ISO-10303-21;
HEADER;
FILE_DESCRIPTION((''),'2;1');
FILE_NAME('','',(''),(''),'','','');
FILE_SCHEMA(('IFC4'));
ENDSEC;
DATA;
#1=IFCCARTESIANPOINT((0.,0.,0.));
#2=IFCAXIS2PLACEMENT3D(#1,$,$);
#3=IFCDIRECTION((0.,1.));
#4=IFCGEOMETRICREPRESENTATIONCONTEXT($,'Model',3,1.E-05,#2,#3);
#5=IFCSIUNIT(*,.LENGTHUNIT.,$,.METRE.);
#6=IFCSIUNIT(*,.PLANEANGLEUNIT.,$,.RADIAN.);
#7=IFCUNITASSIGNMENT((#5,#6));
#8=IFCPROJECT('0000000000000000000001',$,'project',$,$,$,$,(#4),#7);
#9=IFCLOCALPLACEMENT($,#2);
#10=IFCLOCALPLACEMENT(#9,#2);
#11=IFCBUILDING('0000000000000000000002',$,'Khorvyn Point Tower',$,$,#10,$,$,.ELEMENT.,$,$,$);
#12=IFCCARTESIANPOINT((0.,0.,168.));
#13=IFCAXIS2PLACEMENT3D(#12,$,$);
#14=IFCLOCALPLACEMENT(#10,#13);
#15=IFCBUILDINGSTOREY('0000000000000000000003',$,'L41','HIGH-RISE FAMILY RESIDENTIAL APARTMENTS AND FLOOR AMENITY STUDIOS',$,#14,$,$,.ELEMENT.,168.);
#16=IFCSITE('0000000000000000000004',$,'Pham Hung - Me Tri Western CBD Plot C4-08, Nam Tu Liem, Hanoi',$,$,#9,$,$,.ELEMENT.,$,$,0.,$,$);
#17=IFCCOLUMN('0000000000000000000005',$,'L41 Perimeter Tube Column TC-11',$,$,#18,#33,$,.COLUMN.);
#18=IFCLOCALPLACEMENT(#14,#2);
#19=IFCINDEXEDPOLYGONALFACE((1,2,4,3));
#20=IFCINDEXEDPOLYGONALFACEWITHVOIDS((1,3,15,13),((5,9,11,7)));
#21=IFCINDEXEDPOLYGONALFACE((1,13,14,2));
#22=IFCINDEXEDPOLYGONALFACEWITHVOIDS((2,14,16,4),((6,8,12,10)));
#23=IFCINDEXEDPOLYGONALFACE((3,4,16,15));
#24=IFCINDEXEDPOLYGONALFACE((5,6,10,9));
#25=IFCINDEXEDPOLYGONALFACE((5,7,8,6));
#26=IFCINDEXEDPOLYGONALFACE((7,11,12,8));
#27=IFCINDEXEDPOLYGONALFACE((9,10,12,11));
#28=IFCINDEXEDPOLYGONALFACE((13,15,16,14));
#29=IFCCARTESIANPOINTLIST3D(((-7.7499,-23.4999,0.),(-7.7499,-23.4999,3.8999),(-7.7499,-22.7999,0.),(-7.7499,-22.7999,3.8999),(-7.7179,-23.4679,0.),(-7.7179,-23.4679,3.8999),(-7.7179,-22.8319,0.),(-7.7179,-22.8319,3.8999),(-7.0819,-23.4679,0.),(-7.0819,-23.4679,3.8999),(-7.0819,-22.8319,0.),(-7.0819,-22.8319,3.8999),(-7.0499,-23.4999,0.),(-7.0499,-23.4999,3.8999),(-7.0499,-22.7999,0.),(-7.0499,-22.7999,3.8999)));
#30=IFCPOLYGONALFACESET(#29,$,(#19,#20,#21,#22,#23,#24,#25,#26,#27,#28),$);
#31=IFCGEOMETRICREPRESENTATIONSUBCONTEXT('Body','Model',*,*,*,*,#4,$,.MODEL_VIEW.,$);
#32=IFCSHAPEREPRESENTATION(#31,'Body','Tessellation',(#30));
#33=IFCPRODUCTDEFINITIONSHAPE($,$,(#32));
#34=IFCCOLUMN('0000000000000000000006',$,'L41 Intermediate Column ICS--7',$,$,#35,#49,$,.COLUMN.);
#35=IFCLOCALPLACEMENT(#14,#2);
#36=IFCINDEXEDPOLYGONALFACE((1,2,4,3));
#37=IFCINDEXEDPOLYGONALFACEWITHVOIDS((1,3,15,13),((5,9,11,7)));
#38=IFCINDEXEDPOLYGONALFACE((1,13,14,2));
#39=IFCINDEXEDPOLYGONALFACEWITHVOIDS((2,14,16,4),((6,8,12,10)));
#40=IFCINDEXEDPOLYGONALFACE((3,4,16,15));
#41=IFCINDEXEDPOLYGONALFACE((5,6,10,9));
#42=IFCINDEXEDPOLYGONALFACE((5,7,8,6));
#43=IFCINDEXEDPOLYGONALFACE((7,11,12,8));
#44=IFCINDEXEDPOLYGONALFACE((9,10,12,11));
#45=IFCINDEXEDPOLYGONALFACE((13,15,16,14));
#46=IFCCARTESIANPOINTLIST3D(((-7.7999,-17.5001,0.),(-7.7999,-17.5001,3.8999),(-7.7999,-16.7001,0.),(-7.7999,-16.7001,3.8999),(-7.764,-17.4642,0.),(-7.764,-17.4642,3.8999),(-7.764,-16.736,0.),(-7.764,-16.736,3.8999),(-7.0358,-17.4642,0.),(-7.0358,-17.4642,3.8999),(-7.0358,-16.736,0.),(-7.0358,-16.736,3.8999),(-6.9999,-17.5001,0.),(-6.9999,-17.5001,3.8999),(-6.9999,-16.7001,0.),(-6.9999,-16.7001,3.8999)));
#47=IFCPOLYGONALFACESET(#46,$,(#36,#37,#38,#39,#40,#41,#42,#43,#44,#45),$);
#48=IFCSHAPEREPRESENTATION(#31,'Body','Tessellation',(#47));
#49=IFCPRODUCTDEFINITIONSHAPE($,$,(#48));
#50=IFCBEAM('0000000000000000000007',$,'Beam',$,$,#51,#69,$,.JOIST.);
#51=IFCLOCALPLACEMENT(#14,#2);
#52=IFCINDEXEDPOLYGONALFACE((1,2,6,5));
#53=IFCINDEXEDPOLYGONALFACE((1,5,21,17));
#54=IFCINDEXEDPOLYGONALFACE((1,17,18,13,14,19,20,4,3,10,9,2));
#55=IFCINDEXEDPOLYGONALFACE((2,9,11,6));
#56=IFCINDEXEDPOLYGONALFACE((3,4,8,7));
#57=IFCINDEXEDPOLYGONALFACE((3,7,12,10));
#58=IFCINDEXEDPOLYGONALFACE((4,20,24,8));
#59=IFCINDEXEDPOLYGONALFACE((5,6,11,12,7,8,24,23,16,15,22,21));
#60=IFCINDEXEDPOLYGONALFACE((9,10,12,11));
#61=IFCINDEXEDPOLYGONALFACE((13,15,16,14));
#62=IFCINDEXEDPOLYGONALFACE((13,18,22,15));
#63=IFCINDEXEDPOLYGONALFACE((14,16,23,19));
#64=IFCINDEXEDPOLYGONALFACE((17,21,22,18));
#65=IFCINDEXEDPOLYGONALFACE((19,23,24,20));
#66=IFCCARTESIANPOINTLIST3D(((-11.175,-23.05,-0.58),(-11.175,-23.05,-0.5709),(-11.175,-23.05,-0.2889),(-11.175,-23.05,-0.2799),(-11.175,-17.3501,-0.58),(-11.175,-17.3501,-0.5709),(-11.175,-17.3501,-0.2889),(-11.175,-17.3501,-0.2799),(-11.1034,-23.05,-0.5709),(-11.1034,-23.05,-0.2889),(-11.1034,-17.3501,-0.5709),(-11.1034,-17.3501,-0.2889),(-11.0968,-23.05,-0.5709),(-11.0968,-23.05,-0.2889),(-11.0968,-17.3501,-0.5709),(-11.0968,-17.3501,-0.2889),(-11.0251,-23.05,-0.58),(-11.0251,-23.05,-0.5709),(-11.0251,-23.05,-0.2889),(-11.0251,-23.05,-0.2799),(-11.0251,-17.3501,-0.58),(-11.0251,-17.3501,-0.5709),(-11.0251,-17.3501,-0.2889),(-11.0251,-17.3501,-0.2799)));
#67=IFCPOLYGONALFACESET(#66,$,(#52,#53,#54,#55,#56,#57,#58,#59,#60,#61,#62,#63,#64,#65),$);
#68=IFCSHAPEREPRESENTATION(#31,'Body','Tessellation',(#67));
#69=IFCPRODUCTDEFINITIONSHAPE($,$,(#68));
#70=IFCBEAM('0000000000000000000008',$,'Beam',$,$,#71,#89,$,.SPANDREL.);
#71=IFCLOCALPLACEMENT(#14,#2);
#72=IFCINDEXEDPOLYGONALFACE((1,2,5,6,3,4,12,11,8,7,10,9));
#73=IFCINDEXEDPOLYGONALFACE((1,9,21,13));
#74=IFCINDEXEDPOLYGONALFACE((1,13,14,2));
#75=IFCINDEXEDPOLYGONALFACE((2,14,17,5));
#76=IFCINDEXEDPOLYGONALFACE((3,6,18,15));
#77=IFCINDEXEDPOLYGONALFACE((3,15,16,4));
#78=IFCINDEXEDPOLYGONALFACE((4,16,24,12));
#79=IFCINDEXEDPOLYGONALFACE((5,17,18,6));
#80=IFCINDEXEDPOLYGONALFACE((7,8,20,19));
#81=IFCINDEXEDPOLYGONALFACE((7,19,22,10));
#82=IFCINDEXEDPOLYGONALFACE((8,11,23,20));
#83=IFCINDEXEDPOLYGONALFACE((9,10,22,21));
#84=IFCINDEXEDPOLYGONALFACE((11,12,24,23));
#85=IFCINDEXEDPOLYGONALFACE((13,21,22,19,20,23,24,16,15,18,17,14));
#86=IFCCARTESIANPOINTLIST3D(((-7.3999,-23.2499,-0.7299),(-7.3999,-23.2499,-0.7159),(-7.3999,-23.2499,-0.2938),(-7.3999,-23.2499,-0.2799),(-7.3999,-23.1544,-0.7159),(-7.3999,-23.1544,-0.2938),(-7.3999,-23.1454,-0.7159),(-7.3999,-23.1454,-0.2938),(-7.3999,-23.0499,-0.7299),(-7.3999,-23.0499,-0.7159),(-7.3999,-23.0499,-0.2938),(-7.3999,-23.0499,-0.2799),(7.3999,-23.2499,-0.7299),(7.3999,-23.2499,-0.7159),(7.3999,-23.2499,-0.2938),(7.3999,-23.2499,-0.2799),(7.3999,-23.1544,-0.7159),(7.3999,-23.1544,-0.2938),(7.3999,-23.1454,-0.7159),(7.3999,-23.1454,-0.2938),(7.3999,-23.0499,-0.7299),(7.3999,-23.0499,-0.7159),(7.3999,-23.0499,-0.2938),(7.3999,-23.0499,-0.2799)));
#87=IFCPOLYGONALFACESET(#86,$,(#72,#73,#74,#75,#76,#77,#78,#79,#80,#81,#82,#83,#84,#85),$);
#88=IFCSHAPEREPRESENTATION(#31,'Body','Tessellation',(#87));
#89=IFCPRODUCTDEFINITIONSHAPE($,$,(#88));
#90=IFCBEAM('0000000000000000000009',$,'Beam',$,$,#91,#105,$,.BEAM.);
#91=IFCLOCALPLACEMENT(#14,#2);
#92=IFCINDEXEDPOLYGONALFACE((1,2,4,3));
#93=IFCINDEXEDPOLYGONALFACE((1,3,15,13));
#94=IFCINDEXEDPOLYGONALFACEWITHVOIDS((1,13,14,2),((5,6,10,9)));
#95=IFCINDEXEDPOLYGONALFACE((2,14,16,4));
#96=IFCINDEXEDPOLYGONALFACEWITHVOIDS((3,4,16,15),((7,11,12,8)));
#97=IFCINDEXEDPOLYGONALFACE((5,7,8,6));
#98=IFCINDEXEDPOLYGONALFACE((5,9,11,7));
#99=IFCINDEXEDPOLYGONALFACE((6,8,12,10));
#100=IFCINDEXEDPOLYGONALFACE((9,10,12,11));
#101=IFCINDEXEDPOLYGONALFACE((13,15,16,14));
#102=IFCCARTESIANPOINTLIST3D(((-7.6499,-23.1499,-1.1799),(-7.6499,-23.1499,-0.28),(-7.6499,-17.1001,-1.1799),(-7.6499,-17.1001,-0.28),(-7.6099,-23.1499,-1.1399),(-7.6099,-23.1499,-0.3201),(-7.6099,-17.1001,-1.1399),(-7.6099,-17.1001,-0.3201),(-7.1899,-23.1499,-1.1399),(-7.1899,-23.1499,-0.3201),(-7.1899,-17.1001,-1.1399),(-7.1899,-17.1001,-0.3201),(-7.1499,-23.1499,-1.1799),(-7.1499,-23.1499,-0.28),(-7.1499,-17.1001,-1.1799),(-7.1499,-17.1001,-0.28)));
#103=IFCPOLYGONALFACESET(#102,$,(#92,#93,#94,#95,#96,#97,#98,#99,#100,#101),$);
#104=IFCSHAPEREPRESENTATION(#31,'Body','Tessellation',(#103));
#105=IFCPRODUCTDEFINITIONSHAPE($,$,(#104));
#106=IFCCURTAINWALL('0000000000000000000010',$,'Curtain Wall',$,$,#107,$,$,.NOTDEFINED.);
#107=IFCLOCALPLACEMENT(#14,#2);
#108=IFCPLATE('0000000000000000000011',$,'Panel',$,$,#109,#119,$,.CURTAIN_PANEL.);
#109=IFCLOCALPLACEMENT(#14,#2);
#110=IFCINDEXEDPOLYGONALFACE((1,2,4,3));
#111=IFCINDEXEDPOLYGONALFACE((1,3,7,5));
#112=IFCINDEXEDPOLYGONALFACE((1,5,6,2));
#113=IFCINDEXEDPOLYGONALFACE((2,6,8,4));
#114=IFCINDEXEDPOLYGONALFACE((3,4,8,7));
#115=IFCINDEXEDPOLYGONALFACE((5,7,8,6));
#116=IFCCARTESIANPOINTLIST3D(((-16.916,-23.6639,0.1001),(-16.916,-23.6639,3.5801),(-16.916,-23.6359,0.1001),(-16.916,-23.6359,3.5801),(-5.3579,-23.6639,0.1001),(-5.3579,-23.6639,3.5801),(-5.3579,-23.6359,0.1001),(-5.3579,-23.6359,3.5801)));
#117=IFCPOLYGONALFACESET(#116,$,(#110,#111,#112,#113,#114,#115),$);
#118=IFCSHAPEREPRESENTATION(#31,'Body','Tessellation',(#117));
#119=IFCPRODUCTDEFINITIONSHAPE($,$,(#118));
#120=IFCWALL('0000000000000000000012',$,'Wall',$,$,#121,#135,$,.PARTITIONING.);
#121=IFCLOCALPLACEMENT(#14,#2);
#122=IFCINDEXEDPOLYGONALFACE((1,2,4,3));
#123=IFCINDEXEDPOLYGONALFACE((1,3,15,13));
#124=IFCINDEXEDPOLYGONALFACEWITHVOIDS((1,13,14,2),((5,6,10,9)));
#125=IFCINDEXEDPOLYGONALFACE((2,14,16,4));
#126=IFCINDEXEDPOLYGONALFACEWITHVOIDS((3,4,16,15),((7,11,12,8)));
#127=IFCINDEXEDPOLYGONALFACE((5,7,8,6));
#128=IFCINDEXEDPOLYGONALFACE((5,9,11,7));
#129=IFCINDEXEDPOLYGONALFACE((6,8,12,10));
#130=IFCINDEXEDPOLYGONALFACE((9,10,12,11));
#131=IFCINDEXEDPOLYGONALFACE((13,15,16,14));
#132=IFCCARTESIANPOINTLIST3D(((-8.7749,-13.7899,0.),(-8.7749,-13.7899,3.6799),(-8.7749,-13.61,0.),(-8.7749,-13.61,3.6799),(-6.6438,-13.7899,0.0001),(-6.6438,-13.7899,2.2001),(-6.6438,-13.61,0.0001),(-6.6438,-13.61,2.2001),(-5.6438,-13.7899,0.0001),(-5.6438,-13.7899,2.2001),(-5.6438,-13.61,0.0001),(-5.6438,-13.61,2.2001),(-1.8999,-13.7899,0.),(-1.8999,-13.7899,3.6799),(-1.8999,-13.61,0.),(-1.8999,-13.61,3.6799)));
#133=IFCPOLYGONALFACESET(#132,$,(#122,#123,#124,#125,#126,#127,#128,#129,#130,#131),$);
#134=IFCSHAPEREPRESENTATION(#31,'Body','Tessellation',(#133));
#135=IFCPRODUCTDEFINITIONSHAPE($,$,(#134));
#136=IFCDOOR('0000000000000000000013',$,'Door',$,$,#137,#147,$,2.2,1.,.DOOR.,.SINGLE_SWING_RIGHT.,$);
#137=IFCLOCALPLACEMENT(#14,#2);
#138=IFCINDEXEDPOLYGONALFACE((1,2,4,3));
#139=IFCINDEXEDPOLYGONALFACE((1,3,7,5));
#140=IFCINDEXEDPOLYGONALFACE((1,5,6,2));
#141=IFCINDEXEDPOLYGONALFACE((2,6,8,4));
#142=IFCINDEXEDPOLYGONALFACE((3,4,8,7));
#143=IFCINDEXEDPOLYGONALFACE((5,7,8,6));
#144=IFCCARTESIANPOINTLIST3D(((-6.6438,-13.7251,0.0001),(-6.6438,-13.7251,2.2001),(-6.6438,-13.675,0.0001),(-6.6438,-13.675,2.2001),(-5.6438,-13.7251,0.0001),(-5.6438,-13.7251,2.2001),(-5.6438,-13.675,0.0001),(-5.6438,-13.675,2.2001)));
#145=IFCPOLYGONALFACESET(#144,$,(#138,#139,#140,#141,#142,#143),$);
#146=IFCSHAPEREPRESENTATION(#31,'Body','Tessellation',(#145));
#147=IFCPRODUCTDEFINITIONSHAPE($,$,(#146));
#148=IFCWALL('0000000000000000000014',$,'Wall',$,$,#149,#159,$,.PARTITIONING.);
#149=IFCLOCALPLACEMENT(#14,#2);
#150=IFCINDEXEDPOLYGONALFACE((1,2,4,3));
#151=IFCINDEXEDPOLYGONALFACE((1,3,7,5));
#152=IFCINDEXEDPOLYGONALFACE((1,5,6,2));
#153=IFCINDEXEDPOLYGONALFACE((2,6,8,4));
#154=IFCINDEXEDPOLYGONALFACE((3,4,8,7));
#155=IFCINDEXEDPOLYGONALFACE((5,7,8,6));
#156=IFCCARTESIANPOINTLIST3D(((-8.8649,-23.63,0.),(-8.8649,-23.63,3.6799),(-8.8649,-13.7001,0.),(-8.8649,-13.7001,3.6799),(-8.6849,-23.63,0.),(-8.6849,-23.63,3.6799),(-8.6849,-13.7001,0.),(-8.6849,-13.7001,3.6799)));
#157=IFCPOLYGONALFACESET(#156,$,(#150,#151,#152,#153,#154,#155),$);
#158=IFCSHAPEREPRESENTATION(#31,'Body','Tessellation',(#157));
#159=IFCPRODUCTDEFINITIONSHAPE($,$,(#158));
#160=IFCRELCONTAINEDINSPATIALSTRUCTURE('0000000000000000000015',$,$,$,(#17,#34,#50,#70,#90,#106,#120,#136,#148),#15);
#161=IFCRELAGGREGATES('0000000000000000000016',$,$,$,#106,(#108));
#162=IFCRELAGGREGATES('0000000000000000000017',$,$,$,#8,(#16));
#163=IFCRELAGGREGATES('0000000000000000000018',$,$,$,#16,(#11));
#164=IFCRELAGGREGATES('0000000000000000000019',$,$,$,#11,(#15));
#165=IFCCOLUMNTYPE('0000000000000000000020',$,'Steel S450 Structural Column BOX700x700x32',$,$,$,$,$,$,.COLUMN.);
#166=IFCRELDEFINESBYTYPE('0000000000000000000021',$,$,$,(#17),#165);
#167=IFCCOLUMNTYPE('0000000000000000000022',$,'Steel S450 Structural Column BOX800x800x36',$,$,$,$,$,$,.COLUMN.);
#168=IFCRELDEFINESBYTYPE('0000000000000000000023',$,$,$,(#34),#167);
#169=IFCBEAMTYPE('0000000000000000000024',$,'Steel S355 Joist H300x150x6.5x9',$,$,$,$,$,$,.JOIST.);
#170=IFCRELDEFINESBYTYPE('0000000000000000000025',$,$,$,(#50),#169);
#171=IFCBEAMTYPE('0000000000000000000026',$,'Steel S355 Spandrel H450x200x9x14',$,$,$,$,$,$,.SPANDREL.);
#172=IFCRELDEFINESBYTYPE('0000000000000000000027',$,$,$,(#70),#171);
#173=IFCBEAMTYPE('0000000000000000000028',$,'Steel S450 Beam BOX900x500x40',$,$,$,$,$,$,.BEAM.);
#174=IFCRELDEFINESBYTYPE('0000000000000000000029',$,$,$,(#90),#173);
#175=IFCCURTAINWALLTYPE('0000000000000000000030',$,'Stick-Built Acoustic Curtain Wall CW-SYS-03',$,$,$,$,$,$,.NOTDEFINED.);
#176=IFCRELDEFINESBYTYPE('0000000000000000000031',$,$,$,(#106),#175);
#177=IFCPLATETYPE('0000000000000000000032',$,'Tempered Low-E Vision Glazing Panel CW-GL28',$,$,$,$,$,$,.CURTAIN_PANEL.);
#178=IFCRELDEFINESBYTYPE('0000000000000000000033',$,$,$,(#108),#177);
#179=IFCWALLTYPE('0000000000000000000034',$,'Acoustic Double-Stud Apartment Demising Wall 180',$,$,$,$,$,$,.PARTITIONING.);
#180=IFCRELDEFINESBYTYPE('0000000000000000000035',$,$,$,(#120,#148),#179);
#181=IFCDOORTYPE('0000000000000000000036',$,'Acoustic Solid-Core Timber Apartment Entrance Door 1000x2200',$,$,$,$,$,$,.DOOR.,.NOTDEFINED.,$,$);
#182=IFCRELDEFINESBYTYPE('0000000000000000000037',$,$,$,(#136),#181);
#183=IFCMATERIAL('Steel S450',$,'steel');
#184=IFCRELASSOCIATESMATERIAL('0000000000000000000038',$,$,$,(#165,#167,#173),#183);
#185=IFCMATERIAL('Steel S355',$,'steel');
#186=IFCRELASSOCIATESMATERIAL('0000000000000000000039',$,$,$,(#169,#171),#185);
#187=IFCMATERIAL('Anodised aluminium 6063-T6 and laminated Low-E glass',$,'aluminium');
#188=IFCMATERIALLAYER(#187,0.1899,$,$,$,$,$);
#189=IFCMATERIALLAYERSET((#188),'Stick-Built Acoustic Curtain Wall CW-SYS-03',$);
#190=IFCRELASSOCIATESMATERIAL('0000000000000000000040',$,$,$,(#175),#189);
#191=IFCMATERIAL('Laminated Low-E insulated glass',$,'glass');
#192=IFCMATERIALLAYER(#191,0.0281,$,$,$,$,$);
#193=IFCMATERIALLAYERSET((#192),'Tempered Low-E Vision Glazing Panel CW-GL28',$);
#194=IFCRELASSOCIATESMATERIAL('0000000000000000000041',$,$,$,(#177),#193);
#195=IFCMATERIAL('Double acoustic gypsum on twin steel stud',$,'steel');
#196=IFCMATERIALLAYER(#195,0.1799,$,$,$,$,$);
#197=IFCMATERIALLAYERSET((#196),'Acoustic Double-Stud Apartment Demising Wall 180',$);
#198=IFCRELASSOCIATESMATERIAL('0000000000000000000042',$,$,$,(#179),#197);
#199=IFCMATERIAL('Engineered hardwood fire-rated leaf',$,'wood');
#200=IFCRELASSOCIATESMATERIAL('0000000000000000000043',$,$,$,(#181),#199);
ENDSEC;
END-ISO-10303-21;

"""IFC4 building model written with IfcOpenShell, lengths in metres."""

from ifc_helpers import new_model, si_unit, direction, frame, frame_2d, origin, origin_2d, place, context, subcontext, project, spatial, rectangle, hollow_rectangle, i_section, extrude, material, layer, layer_set, material_profile, profile_set, type_object, element, fill, aggregate, save


model = new_model("IFC4")

# Units and contexts
model_context = context("Model", 3, precision=1e-05, world=origin(), true_north=direction((0.0, 1.0)))
body_context = subcontext(model_context, "Body", "Model", "MODEL_VIEW")
ifc_project = project(units=[si_unit("LENGTHUNIT", "METRE"), si_unit("PLANEANGLEUNIT", "RADIAN")], contexts=[model_context])

# Site, building, storey
site_placement = place(None, origin())
site = spatial("IfcSite", under=ifc_project, at=site_placement, Name="Pham Hung - Me Tri Western CBD Plot C4-08, Nam Tu Liem, Hanoi", CompositionType="ELEMENT", RefElevation=0.0)
building_placement = place(site_placement, origin())
building = spatial("IfcBuilding", under=site, at=building_placement, Name="Khorvyn Point Tower", CompositionType="ELEMENT")
storey_placement = place(building_placement, frame((0.0, 0.0, 168.0)))
storey = spatial("IfcBuildingStorey", under=building, at=storey_placement, Name="L41", Description="HIGH-RISE FAMILY RESIDENTIAL APARTMENTS AND FLOOR AMENITY STUDIOS", CompositionType="ELEMENT", Elevation=168.0)

# Columns
ifc_material_1 = material(Name="Steel S450", Category="steel")
ifc_material_profile_1 = material_profile(ifc_material_1, hollow_rectangle(XDim=0.7, YDim=0.7, WallThickness=0.032, at=origin_2d()))
ifc_profile_set_1 = profile_set([ifc_material_profile_1], Name="Steel S450 BOX700x700x32")
column_type_1 = type_object("IfcColumnType", Name="Steel S450 Structural Column BOX700x700x32", PredefinedType="COLUMN", material=ifc_profile_set_1)
column_1_placement = place(storey_placement, frame((-7.3999, -23.1499, 0.0), z_axis=(0.0, 0.0, 1.0), x_axis=(1.0, 0.0, 0.0)))
element("IfcColumn", 1, at=column_1_placement, inside=storey, type_object=column_type_1, Name="L41 Perimeter Tube Column TC-11", PredefinedType="COLUMN", context=body_context, shape_type="SweptSolid", body=[
    extrude(hollow_rectangle(XDim=0.7, YDim=0.7, WallThickness=0.032, at=origin_2d()), origin(), (0.0, 0.0, 1.0), 3.8999),
])
ifc_material_profile_2 = material_profile(ifc_material_1, hollow_rectangle(XDim=0.8, YDim=0.8, WallThickness=0.0359, at=origin_2d()))
ifc_profile_set_2 = profile_set([ifc_material_profile_2], Name="Steel S450 BOX800x800x36")
column_type_2 = type_object("IfcColumnType", Name="Steel S450 Structural Column BOX800x800x36", PredefinedType="COLUMN", material=ifc_profile_set_2)
column_2_placement = place(storey_placement, frame((-7.3999, -17.1001, 0.0), z_axis=(0.0, 0.0, 1.0), x_axis=(1.0, 0.0, 0.0)))
element("IfcColumn", 2, at=column_2_placement, inside=storey, type_object=column_type_2, Name="L41 Intermediate Column ICS--7", PredefinedType="COLUMN", context=body_context, shape_type="SweptSolid", body=[
    extrude(hollow_rectangle(XDim=0.8, YDim=0.8, WallThickness=0.0359, at=origin_2d()), origin(), (0.0, 0.0, 1.0), 3.8999),
])

# Beams
ifc_material_2 = material(Name="Steel S355", Category="steel")
ifc_material_profile_3 = material_profile(ifc_material_2, i_section(OverallWidth=0.1499, OverallDepth=0.3, WebThickness=0.0066, FlangeThickness=0.009, at=origin_2d()))
ifc_profile_set_3 = profile_set([ifc_material_profile_3], Name="Steel S355 H300x150x6.5x9")
beam_type_1 = type_object("IfcBeamType", Name="Steel S355 Joist H300x150x6.5x9", PredefinedType="JOIST", material=ifc_profile_set_3)
beam_1_placement = place(storey_placement, frame((-11.1001, -23.05, -0.4299), z_axis=(0.0, 1.0, 0.0), x_axis=(-1.0, 0.0, 0.0)))
element("IfcBeam", 3, at=beam_1_placement, inside=storey, type_object=beam_type_1, Name="Beam", PredefinedType="JOIST", context=body_context, shape_type="SweptSolid", body=[
    extrude(i_section(OverallWidth=0.1499, OverallDepth=0.3, WebThickness=0.0066, FlangeThickness=0.009, at=origin_2d()), origin(), (0.0, 0.0, 1.0), 5.7),
])
ifc_material_profile_4 = material_profile(ifc_material_2, i_section(OverallWidth=0.2, OverallDepth=0.45, WebThickness=0.009, FlangeThickness=0.0139, at=origin_2d()))
ifc_profile_set_4 = profile_set([ifc_material_profile_4], Name="Steel S355 H450x200x9x14")
beam_type_2 = type_object("IfcBeamType", Name="Steel S355 Spandrel H450x200x9x14", PredefinedType="SPANDREL", material=ifc_profile_set_4)
beam_2_placement = place(storey_placement, frame((-7.3999, -23.1499, -0.5049), z_axis=(1.0, 0.0, 0.0), x_axis=(0.0, 1.0, 0.0)))
element("IfcBeam", 4, at=beam_2_placement, inside=storey, type_object=beam_type_2, Name="Beam", PredefinedType="SPANDREL", context=body_context, shape_type="SweptSolid", body=[
    extrude(i_section(OverallWidth=0.2, OverallDepth=0.45, WebThickness=0.009, FlangeThickness=0.0139, at=origin_2d()), origin(), (0.0, 0.0, 1.0), 14.7998),
])
ifc_material_profile_5 = material_profile(ifc_material_1, hollow_rectangle(XDim=0.5, YDim=0.8999, WallThickness=0.04, at=origin_2d()))
ifc_profile_set_5 = profile_set([ifc_material_profile_5], Name="Steel S450 BOX900x500x40")
beam_type_3 = type_object("IfcBeamType", Name="Steel S450 Beam BOX900x500x40", PredefinedType="BEAM", material=ifc_profile_set_5)
beam_3_placement = place(storey_placement, frame((-7.3999, -23.1499, -0.73), z_axis=(0.0, 1.0, 0.0), x_axis=(-1.0, 0.0, 0.0)))
element("IfcBeam", 5, at=beam_3_placement, inside=storey, type_object=beam_type_3, Name="Beam", PredefinedType="BEAM", context=body_context, shape_type="SweptSolid", body=[
    extrude(hollow_rectangle(XDim=0.5, YDim=0.8999, WallThickness=0.04, at=origin_2d()), origin(), (0.0, 0.0, 1.0), 6.0498),
])

# Curtain wall, plate
ifc_material_3 = material(Name="Anodised aluminium 6063-T6 and laminated Low-E glass", Category="aluminium")
ifc_layer_1 = layer(ifc_material_3, 0.1899)
ifc_layer_set_1 = layer_set([ifc_layer_1], Name="Stick-Built Acoustic Curtain Wall CW-SYS-03")
curtain_wall_type = type_object("IfcCurtainWallType", Name="Stick-Built Acoustic Curtain Wall CW-SYS-03", PredefinedType="NOTDEFINED", material=ifc_layer_set_1)
curtain_wall_placement = place(storey_placement, origin())
curtain_wall = element("IfcCurtainWall", 6, at=curtain_wall_placement, inside=storey, type_object=curtain_wall_type, Name="Curtain Wall", PredefinedType="NOTDEFINED")
ifc_material_4 = material(Name="Laminated Low-E insulated glass", Category="glass")
ifc_layer_2 = layer(ifc_material_4, 0.0281)
ifc_layer_set_2 = layer_set([ifc_layer_2], Name="Tempered Low-E Vision Glazing Panel CW-GL28")
plate_type = type_object("IfcPlateType", Name="Tempered Low-E Vision Glazing Panel CW-GL28", PredefinedType="CURTAIN_PANEL", material=ifc_layer_set_2)
plate_placement = place(storey_placement, frame((-11.137, -23.6499, 0.1001), z_axis=(0.0, 0.0, 1.0), x_axis=(-1.0, 0.0, 0.0)))
plate = element("IfcPlate", 7, at=plate_placement, type_object=plate_type, Name="Panel", PredefinedType="CURTAIN_PANEL", context=body_context, shape_type="SweptSolid", body=[
    extrude(rectangle(XDim=11.5581, YDim=0.0281, at=origin_2d()), origin(), (0.0, 0.0, 1.0), 3.48),
])
aggregate(curtain_wall, [plate])

# Wall, opening, door
ifc_material_5 = material(Name="Double acoustic gypsum on twin steel stud", Category="steel")
ifc_layer_3 = layer(ifc_material_5, 0.1799)
ifc_layer_set_3 = layer_set([ifc_layer_3], Name="Acoustic Double-Stud Apartment Demising Wall 180")
wall_type_1 = type_object("IfcWallType", Name="Acoustic Double-Stud Apartment Demising Wall 180", PredefinedType="PARTITIONING", material=ifc_layer_set_3)
wall_1_placement = place(storey_placement, frame((-8.7749, -13.7, 0.0), z_axis=(0.0, 0.0, 1.0), x_axis=(1.0, 0.0, 0.0)))
wall_1 = element("IfcWall", 8, at=wall_1_placement, inside=storey, type_object=wall_type_1, Name="Wall", PredefinedType="PARTITIONING", context=body_context, shape_type="SweptSolid", body=[
    extrude(rectangle(XDim=6.875, YDim=0.1799, at=frame_2d((3.4375, 0.0))), origin(), (0.0, 0.0, 1.0), 3.6799),
])
opening_1_placement = place(wall_1_placement, frame((2.1311, 0.0, 0.0)))
opening_1 = element("IfcOpeningElement", 9, at=opening_1_placement, cuts=wall_1, PredefinedType="OPENING", context=body_context, shape_type="SweptSolid", body=[
    extrude(rectangle(XDim=1.0, YDim=2.2, at=frame_2d((0.5, 1.1001))), frame((0.0, 0.0999, 0.0), z_axis=(0.0, -1.0, 0.0), x_axis=(1.0, 0.0, 0.0)), (0.0, 0.0, 1.0), 0.2),
])
ifc_material_6 = material(Name="Engineered hardwood fire-rated leaf", Category="wood")
door_type_1 = type_object("IfcDoorType", Name="Acoustic Solid-Core Timber Apartment Entrance Door 1000x2200", OperationType="NOTDEFINED", PredefinedType="DOOR", material=ifc_material_6)
door_1_placement = place(opening_1_placement, origin())
door_1 = element("IfcDoor", 10, at=door_1_placement, inside=storey, type_object=door_type_1, Name="Door", OperationType="SINGLE_SWING_RIGHT", OverallHeight=2.2, OverallWidth=1.0, PredefinedType="DOOR", context=body_context, shape_type="SweptSolid", body=[
    extrude(rectangle(XDim=1.0, YDim=2.2, at=frame_2d((0.5, 1.1001))), frame((0.0, 0.0249, 0.0), z_axis=(0.0, -1.0, 0.0), x_axis=(1.0, 0.0, 0.0)), (0.0, 0.0, 1.0), 0.05),
])
fill(opening_1, door_1)

# Wall
wall_2_placement = place(storey_placement, frame((-8.7749, -23.6299, 0.0), z_axis=(0.0, 0.0, 1.0), x_axis=(0.0, 1.0, 0.0)))
element("IfcWall", 11, at=wall_2_placement, inside=storey, type_object=wall_type_1, Name="Wall", PredefinedType="PARTITIONING", context=body_context, shape_type="SweptSolid", body=[
    extrude(rectangle(XDim=9.9299, YDim=0.1799, at=frame_2d((4.9648, 0.0))), origin(), (0.0, 0.0, 1.0), 3.6799),
])

save(model, "model.ifc")
